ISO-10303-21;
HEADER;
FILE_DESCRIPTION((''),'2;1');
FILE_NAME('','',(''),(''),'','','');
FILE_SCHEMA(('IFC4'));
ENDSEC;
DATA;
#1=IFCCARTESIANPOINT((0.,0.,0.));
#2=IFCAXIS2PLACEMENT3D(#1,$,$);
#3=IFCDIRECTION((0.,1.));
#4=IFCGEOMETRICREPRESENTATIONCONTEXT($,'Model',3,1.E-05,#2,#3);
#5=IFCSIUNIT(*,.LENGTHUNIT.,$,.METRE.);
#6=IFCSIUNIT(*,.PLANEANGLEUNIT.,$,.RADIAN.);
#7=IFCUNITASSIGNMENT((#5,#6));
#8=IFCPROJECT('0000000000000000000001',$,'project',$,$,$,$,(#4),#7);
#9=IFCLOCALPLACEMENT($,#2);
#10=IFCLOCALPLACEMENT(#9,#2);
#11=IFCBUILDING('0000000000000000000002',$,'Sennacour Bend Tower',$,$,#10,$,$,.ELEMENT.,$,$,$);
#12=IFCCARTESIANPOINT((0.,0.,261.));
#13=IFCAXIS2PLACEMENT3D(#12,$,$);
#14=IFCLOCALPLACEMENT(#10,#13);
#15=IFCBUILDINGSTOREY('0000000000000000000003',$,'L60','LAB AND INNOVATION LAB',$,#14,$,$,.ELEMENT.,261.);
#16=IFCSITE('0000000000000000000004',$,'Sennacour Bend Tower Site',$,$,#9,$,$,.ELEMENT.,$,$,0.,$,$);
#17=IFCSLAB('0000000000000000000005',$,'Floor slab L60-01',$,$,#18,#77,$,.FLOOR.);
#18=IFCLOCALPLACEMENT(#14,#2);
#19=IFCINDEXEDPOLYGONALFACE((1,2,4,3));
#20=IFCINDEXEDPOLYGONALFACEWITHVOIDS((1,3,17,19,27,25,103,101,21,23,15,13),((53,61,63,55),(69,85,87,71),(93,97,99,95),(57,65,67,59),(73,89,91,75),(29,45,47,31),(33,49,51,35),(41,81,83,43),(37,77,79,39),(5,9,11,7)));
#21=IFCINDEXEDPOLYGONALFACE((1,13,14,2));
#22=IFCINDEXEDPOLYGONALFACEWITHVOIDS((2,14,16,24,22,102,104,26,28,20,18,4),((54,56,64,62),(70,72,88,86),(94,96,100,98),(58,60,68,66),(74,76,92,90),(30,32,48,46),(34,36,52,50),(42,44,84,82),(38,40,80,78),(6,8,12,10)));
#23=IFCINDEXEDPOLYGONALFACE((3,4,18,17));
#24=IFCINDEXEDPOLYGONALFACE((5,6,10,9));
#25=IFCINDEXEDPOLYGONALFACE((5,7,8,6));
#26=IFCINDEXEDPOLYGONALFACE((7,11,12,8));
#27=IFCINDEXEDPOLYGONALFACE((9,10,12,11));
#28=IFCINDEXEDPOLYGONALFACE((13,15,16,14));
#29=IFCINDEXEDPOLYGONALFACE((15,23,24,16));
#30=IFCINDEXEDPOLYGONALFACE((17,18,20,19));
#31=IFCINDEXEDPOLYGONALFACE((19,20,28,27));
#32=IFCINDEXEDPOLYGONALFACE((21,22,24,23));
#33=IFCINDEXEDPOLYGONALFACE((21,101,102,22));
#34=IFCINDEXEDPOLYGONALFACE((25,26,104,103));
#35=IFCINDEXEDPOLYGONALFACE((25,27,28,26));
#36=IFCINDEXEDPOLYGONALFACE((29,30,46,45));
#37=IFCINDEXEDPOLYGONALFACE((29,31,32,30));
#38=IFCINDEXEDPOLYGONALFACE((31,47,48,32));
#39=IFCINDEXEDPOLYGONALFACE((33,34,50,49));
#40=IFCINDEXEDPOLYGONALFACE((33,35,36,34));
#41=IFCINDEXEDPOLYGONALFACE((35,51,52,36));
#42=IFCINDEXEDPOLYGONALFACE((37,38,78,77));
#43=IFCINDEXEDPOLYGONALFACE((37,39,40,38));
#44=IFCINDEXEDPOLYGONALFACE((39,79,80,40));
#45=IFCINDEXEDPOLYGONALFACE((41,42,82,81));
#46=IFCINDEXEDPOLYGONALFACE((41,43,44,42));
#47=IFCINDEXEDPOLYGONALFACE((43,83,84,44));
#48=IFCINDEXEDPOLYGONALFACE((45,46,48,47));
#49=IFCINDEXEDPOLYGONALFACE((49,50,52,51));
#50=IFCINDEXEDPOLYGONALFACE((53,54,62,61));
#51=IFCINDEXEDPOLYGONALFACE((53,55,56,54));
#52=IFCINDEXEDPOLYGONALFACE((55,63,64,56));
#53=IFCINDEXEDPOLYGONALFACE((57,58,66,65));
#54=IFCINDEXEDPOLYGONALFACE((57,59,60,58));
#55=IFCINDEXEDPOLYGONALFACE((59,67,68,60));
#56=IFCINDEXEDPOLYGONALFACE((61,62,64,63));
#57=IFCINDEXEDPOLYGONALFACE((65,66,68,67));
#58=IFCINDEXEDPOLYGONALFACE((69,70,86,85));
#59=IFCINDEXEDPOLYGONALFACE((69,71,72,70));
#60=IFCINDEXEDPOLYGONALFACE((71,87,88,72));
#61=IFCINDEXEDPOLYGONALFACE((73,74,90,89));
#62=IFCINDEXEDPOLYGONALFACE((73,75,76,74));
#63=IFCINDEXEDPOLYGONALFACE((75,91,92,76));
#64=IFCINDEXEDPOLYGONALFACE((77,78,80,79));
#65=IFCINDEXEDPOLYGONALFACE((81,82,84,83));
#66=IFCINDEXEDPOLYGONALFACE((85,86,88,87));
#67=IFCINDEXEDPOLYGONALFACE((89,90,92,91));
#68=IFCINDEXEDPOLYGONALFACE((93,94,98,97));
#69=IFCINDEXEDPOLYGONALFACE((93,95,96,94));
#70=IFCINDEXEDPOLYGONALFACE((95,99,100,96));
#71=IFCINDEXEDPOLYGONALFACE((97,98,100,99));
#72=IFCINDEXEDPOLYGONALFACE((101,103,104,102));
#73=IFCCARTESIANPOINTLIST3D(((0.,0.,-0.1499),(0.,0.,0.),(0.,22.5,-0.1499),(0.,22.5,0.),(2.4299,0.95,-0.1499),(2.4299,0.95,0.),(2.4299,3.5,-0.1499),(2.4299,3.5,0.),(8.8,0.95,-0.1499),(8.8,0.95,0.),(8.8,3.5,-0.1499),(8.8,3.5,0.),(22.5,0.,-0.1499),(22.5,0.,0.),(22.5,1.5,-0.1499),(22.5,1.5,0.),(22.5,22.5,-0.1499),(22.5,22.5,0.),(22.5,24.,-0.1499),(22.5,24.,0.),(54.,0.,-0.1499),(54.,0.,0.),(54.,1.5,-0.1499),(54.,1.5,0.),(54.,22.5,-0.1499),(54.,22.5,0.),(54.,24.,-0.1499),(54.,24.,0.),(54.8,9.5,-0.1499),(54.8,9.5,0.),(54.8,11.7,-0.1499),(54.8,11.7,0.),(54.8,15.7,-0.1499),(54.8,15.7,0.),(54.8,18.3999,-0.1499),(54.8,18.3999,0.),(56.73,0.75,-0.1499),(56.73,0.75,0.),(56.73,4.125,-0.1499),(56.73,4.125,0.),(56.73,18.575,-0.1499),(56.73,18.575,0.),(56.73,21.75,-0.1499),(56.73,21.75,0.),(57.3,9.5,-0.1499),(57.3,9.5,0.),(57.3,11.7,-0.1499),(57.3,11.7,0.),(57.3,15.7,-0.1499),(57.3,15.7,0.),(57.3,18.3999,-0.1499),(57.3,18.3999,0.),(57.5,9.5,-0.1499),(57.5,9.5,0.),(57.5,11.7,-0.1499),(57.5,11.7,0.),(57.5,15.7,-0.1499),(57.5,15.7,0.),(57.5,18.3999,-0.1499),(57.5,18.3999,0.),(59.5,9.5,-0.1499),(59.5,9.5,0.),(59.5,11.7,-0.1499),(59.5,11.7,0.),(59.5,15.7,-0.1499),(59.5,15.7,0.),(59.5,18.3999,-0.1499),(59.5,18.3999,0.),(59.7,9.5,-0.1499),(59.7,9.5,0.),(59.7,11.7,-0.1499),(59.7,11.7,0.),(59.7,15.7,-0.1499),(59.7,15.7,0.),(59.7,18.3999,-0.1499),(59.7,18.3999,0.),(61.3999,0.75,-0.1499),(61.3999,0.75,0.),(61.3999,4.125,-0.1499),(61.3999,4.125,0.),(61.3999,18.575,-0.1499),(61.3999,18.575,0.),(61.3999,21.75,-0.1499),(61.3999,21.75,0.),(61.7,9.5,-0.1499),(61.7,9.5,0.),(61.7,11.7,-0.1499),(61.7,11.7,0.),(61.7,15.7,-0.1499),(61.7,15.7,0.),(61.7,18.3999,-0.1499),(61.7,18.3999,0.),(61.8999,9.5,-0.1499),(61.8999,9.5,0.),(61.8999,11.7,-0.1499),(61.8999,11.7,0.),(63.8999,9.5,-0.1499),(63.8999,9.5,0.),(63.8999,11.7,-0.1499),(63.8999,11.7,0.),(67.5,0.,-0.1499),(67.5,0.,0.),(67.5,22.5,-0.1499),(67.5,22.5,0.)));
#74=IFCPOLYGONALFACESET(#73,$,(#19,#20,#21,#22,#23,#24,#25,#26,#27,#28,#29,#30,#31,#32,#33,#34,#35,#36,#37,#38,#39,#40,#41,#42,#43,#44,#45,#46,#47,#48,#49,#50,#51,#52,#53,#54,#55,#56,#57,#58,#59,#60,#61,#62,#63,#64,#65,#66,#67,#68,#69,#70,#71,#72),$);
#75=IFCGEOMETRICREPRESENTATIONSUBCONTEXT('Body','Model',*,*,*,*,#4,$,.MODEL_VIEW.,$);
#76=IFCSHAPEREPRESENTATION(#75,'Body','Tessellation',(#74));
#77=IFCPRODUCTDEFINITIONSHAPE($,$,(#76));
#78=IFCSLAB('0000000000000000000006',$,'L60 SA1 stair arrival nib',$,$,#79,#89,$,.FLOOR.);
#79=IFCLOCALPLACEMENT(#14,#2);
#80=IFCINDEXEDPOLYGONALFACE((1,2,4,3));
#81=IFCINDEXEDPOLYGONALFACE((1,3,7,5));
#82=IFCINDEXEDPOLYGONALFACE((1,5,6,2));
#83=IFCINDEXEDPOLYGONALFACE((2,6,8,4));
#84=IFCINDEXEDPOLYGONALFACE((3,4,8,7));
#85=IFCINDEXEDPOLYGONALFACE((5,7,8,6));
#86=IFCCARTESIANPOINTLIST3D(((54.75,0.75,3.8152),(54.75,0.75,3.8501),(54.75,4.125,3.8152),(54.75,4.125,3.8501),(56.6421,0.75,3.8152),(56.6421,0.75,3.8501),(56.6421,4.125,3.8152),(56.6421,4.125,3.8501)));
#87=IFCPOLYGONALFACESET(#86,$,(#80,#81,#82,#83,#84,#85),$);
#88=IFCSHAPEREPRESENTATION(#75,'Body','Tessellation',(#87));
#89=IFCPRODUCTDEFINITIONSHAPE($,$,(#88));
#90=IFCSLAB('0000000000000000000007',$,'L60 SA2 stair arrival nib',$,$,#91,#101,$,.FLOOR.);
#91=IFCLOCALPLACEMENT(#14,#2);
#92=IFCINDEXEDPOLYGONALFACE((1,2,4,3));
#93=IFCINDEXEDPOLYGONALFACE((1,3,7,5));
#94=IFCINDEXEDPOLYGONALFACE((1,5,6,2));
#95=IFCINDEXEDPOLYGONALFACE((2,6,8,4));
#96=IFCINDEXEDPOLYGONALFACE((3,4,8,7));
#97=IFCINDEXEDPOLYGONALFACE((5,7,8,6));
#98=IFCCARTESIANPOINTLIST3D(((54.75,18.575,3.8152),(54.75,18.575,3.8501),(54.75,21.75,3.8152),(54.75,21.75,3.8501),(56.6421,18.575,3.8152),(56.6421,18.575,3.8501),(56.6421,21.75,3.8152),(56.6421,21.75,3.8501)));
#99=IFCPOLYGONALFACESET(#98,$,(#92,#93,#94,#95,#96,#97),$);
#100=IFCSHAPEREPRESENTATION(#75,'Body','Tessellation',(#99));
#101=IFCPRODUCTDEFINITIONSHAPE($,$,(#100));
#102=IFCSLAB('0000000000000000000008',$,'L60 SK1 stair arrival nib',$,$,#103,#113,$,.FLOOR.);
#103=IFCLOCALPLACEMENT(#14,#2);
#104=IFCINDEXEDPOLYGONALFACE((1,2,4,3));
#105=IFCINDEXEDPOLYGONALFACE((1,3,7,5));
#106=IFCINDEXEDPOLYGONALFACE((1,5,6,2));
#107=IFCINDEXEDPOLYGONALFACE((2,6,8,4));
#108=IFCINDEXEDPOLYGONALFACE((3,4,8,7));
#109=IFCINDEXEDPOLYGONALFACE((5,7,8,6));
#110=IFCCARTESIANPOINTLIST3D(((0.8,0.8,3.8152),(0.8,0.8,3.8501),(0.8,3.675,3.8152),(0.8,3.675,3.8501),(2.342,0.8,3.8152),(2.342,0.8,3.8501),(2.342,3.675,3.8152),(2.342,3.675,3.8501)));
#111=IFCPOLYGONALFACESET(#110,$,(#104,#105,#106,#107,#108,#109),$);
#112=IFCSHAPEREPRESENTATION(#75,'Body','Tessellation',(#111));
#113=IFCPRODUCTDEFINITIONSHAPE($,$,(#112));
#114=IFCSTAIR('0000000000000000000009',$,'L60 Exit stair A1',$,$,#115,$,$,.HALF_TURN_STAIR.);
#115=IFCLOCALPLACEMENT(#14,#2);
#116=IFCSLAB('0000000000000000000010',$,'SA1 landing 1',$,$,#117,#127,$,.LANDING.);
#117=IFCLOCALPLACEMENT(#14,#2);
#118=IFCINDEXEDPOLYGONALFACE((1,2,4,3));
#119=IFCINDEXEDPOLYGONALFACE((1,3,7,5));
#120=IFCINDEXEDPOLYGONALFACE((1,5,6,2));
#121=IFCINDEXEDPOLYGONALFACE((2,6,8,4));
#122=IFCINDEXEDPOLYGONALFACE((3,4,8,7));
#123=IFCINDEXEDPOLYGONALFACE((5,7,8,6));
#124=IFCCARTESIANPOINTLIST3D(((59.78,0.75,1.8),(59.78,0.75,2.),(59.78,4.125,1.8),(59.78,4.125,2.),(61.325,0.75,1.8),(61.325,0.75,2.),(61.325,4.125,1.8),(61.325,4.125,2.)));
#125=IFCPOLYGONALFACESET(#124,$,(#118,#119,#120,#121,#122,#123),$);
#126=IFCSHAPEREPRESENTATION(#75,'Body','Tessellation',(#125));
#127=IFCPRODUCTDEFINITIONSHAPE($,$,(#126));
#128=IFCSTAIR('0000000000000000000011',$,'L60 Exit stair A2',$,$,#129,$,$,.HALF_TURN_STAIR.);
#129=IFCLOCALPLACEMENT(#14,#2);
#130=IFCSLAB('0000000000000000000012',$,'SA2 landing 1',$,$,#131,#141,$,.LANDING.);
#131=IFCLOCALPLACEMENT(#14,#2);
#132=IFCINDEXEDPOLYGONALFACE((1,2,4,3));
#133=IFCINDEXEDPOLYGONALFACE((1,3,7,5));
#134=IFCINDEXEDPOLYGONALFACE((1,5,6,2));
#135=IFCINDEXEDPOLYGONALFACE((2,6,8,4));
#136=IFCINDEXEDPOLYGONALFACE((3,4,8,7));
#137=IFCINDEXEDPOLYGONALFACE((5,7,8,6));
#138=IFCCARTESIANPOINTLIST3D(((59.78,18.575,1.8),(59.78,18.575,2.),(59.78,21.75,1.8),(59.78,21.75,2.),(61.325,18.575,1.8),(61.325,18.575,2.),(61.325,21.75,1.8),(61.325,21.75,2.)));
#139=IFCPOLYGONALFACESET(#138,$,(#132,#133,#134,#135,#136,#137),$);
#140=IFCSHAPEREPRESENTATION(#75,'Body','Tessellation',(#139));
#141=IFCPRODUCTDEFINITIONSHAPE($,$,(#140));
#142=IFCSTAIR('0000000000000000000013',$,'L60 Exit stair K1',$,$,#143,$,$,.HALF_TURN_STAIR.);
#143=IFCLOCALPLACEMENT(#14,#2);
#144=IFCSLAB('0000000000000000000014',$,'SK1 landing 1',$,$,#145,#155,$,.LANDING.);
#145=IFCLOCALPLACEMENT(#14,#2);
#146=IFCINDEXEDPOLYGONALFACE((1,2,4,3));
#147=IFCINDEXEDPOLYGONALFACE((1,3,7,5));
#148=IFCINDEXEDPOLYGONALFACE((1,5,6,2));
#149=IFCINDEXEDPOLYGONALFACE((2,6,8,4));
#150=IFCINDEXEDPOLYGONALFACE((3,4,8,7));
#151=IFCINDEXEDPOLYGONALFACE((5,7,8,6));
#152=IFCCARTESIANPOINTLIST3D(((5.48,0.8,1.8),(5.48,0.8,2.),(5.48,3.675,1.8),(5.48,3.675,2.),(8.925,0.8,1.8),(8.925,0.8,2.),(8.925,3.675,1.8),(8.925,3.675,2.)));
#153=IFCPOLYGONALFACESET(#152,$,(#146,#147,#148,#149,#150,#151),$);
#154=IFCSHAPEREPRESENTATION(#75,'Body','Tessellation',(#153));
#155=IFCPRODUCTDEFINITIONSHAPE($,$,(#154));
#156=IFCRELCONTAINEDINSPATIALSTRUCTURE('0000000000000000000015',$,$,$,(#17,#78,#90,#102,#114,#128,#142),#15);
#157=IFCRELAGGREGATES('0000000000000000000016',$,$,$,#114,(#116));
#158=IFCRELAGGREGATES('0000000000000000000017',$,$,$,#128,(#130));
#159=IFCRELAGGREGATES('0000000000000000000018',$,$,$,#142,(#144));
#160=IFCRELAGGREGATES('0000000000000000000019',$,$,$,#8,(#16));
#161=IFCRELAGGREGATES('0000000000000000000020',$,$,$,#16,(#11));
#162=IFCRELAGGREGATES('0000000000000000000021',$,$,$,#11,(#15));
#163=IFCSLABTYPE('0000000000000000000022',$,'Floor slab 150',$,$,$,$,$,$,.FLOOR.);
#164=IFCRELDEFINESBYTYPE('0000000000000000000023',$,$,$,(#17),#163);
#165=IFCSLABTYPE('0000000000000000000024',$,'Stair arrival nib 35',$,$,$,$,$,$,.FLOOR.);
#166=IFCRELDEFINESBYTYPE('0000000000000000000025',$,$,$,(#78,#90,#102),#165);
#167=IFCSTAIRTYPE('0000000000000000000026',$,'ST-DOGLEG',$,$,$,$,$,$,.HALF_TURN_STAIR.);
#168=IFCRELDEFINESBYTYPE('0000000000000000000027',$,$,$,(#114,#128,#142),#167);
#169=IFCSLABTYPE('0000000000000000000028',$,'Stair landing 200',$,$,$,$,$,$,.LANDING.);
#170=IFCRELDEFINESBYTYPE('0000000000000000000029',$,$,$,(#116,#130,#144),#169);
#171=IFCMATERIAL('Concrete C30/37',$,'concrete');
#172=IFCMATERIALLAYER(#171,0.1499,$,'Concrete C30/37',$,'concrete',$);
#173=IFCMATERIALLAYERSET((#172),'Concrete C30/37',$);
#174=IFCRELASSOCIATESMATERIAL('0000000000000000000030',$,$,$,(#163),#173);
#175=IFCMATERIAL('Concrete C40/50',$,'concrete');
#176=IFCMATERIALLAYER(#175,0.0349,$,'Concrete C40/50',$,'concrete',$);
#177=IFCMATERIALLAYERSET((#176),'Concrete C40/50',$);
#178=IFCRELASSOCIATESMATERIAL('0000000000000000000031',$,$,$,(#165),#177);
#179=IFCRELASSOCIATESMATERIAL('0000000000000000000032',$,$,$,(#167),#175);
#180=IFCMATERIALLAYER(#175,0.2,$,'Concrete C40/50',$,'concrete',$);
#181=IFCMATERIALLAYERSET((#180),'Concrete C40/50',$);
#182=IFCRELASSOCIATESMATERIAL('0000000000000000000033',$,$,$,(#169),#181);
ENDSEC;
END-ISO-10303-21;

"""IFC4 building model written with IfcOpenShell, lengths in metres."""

from ifc_helpers import new_model, si_unit, direction, frame, origin, place, context, subcontext, project, spatial, polyline, outline, extrude, material, layer, layer_set, type_object, element, aggregate, save


model = new_model("IFC4")

# Units and contexts
model_context = context("Model", 3, precision=1e-05, world=origin(), true_north=direction((0.0, 1.0)))
body_context = subcontext(model_context, "Body", "Model", "MODEL_VIEW")
ifc_project = project(units=[si_unit("LENGTHUNIT", "METRE"), si_unit("PLANEANGLEUNIT", "RADIAN")], contexts=[model_context])

# Site, building, storey
site_placement = place(None, origin())
site = spatial("IfcSite", under=ifc_project, at=site_placement, Name="Sennacour Bend Tower Site", CompositionType="ELEMENT", RefElevation=0.0)
building_placement = place(site_placement, origin())
building = spatial("IfcBuilding", under=site, at=building_placement, Name="Sennacour Bend Tower", CompositionType="ELEMENT")
storey_placement = place(building_placement, frame((0.0, 0.0, 261.0)))
storey = spatial("IfcBuildingStorey", under=building, at=storey_placement, Name="L60", Description="LAB AND INNOVATION LAB", CompositionType="ELEMENT", Elevation=261.0)

# Slabs
ifc_material_1 = material(Name="Concrete C30/37", Category="concrete")
ifc_layer_1 = layer(ifc_material_1, 0.1499, Name="Concrete C30/37", Category="concrete")
ifc_layer_set_1 = layer_set([ifc_layer_1], Name="Concrete C30/37")
slab_type_1 = type_object("IfcSlabType", Name="Floor slab 150", PredefinedType="FLOOR", material=ifc_layer_set_1)
slab_1_placement = place(storey_placement, frame((0.0, 0.0, -0.1499)))
element("IfcSlab", 1, at=slab_1_placement, inside=storey, type_object=slab_type_1, Name="Floor slab L60-01", PredefinedType="FLOOR", context=body_context, shape_type="SweptSolid", body=[
    extrude(outline(polyline([(0.0, 0.0), (0.0, 22.5), (22.5, 22.5), (22.5, 24.0), (54.0, 24.0), (54.0, 22.5), (67.5, 22.5), (67.5, 0.0), (54.0, 0.0), (54.0, 1.5), (22.5, 1.5), (22.5, 0.0), (0.0, 0.0)]), holes=[polyline([(8.8, 3.5), (2.4299, 3.5), (2.4299, 0.95), (8.8, 0.95), (8.8, 3.5)]), polyline([(61.3999, 4.125), (56.73, 4.125), (56.73, 0.75), (61.3999, 0.75), (61.3999, 4.125)]), polyline([(57.3, 11.7), (54.8, 11.7), (54.8, 9.5), (57.3, 9.5), (57.3, 11.7)]), polyline([(59.5, 9.5), (59.5, 11.7), (57.5, 11.7), (57.5, 9.5), (59.5, 9.5)]), polyline([(61.7, 9.5), (61.7, 11.7), (59.7, 11.7), (59.7, 9.5), (61.7, 9.5)]), polyline([(63.8999, 11.7), (61.8999, 11.7), (61.8999, 9.5), (63.8999, 9.5), (63.8999, 11.7)]), polyline([(57.3, 18.3999), (54.8, 18.3999), (54.8, 15.7), (57.3, 15.7), (57.3, 18.3999)]), polyline([(59.5, 18.3999), (57.5, 18.3999), (57.5, 15.7), (59.5, 15.7), (59.5, 18.3999)]), polyline([(61.7, 15.7), (61.7, 18.3999), (59.7, 18.3999), (59.7, 15.7), (61.7, 15.7)]), polyline([(61.3999, 18.575), (61.3999, 21.75), (56.73, 21.75), (56.73, 18.575), (61.3999, 18.575)])]), origin(), (0.0, 0.0, 1.0), 0.1499),
])
ifc_material_2 = material(Name="Concrete C40/50", Category="concrete")
ifc_layer_2 = layer(ifc_material_2, 0.0349, Name="Concrete C40/50", Category="concrete")
ifc_layer_set_2 = layer_set([ifc_layer_2], Name="Concrete C40/50")
slab_type_2 = type_object("IfcSlabType", Name="Stair arrival nib 35", PredefinedType="FLOOR", material=ifc_layer_set_2)
slab_2_placement = place(storey_placement, frame((0.0, 0.0, 3.8152)))
element("IfcSlab", 2, at=slab_2_placement, inside=storey, type_object=slab_type_2, Name="L60 SA1 stair arrival nib", PredefinedType="FLOOR", context=body_context, shape_type="SweptSolid", body=[
    extrude(outline(polyline([(56.6421, 4.125), (54.75, 4.125), (54.75, 0.75), (56.6421, 0.75), (56.6421, 4.125)])), origin(), (0.0, 0.0, 1.0), 0.0349),
])
slab_3_placement = place(storey_placement, frame((0.0, 0.0, 3.8152)))
element("IfcSlab", 3, at=slab_3_placement, inside=storey, type_object=slab_type_2, Name="L60 SA2 stair arrival nib", PredefinedType="FLOOR", context=body_context, shape_type="SweptSolid", body=[
    extrude(outline(polyline([(56.6421, 21.75), (54.75, 21.75), (54.75, 18.575), (56.6421, 18.575), (56.6421, 21.75)])), origin(), (0.0, 0.0, 1.0), 0.0349),
])
slab_4_placement = place(storey_placement, frame((0.0, 0.0, 3.8152)))
element("IfcSlab", 4, at=slab_4_placement, inside=storey, type_object=slab_type_2, Name="L60 SK1 stair arrival nib", PredefinedType="FLOOR", context=body_context, shape_type="SweptSolid", body=[
    extrude(outline(polyline([(2.342, 3.675), (0.8, 3.675), (0.8, 0.8), (2.342, 0.8), (2.342, 3.675)])), origin(), (0.0, 0.0, 1.0), 0.0349),
])

# Stairs, slabs
stair_type = type_object("IfcStairType", Name="ST-DOGLEG", PredefinedType="HALF_TURN_STAIR", material=ifc_material_2)
stair_1_placement = place(storey_placement, origin())
stair_1 = element("IfcStair", 5, at=stair_1_placement, inside=storey, type_object=stair_type, Name="L60 Exit stair A1", PredefinedType="HALF_TURN_STAIR")
ifc_layer_3 = layer(ifc_material_2, 0.2, Name="Concrete C40/50", Category="concrete")
ifc_layer_set_3 = layer_set([ifc_layer_3], Name="Concrete C40/50")
slab_type_3 = type_object("IfcSlabType", Name="Stair landing 200", PredefinedType="LANDING", material=ifc_layer_set_3)
slab_5_placement = place(storey_placement, frame((0.0, 0.0, 1.8)))
slab_5 = element("IfcSlab", 6, at=slab_5_placement, type_object=slab_type_3, Name="SA1 landing 1", PredefinedType="LANDING", context=body_context, shape_type="SweptSolid", body=[
    extrude(outline(polyline([(59.78, 0.75), (61.325, 0.75), (61.325, 4.125), (59.78, 4.125), (59.78, 0.75)])), origin(), (0.0, 0.0, 1.0), 0.2),
])
aggregate(stair_1, [slab_5])
stair_2_placement = place(storey_placement, origin())
stair_2 = element("IfcStair", 7, at=stair_2_placement, inside=storey, type_object=stair_type, Name="L60 Exit stair A2", PredefinedType="HALF_TURN_STAIR")
slab_6_placement = place(storey_placement, frame((0.0, 0.0, 1.8)))
slab_6 = element("IfcSlab", 8, at=slab_6_placement, type_object=slab_type_3, Name="SA2 landing 1", PredefinedType="LANDING", context=body_context, shape_type="SweptSolid", body=[
    extrude(outline(polyline([(59.78, 18.575), (61.325, 18.575), (61.325, 21.75), (59.78, 21.75), (59.78, 18.575)])), origin(), (0.0, 0.0, 1.0), 0.2),
])
aggregate(stair_2, [slab_6])
stair_3_placement = place(storey_placement, origin())
stair_3 = element("IfcStair", 9, at=stair_3_placement, inside=storey, type_object=stair_type, Name="L60 Exit stair K1", PredefinedType="HALF_TURN_STAIR")
slab_7_placement = place(storey_placement, frame((0.0, 0.0, 1.8)))
slab_7 = element("IfcSlab", 10, at=slab_7_placement, type_object=slab_type_3, Name="SK1 landing 1", PredefinedType="LANDING", context=body_context, shape_type="SweptSolid", body=[
    extrude(outline(polyline([(5.48, 0.8), (8.925, 0.8), (8.925, 3.675), (5.48, 3.675), (5.48, 0.8)])), origin(), (0.0, 0.0, 1.0), 0.2),
])

aggregate(stair_3, [slab_7])

save(model, "model.ifc")
